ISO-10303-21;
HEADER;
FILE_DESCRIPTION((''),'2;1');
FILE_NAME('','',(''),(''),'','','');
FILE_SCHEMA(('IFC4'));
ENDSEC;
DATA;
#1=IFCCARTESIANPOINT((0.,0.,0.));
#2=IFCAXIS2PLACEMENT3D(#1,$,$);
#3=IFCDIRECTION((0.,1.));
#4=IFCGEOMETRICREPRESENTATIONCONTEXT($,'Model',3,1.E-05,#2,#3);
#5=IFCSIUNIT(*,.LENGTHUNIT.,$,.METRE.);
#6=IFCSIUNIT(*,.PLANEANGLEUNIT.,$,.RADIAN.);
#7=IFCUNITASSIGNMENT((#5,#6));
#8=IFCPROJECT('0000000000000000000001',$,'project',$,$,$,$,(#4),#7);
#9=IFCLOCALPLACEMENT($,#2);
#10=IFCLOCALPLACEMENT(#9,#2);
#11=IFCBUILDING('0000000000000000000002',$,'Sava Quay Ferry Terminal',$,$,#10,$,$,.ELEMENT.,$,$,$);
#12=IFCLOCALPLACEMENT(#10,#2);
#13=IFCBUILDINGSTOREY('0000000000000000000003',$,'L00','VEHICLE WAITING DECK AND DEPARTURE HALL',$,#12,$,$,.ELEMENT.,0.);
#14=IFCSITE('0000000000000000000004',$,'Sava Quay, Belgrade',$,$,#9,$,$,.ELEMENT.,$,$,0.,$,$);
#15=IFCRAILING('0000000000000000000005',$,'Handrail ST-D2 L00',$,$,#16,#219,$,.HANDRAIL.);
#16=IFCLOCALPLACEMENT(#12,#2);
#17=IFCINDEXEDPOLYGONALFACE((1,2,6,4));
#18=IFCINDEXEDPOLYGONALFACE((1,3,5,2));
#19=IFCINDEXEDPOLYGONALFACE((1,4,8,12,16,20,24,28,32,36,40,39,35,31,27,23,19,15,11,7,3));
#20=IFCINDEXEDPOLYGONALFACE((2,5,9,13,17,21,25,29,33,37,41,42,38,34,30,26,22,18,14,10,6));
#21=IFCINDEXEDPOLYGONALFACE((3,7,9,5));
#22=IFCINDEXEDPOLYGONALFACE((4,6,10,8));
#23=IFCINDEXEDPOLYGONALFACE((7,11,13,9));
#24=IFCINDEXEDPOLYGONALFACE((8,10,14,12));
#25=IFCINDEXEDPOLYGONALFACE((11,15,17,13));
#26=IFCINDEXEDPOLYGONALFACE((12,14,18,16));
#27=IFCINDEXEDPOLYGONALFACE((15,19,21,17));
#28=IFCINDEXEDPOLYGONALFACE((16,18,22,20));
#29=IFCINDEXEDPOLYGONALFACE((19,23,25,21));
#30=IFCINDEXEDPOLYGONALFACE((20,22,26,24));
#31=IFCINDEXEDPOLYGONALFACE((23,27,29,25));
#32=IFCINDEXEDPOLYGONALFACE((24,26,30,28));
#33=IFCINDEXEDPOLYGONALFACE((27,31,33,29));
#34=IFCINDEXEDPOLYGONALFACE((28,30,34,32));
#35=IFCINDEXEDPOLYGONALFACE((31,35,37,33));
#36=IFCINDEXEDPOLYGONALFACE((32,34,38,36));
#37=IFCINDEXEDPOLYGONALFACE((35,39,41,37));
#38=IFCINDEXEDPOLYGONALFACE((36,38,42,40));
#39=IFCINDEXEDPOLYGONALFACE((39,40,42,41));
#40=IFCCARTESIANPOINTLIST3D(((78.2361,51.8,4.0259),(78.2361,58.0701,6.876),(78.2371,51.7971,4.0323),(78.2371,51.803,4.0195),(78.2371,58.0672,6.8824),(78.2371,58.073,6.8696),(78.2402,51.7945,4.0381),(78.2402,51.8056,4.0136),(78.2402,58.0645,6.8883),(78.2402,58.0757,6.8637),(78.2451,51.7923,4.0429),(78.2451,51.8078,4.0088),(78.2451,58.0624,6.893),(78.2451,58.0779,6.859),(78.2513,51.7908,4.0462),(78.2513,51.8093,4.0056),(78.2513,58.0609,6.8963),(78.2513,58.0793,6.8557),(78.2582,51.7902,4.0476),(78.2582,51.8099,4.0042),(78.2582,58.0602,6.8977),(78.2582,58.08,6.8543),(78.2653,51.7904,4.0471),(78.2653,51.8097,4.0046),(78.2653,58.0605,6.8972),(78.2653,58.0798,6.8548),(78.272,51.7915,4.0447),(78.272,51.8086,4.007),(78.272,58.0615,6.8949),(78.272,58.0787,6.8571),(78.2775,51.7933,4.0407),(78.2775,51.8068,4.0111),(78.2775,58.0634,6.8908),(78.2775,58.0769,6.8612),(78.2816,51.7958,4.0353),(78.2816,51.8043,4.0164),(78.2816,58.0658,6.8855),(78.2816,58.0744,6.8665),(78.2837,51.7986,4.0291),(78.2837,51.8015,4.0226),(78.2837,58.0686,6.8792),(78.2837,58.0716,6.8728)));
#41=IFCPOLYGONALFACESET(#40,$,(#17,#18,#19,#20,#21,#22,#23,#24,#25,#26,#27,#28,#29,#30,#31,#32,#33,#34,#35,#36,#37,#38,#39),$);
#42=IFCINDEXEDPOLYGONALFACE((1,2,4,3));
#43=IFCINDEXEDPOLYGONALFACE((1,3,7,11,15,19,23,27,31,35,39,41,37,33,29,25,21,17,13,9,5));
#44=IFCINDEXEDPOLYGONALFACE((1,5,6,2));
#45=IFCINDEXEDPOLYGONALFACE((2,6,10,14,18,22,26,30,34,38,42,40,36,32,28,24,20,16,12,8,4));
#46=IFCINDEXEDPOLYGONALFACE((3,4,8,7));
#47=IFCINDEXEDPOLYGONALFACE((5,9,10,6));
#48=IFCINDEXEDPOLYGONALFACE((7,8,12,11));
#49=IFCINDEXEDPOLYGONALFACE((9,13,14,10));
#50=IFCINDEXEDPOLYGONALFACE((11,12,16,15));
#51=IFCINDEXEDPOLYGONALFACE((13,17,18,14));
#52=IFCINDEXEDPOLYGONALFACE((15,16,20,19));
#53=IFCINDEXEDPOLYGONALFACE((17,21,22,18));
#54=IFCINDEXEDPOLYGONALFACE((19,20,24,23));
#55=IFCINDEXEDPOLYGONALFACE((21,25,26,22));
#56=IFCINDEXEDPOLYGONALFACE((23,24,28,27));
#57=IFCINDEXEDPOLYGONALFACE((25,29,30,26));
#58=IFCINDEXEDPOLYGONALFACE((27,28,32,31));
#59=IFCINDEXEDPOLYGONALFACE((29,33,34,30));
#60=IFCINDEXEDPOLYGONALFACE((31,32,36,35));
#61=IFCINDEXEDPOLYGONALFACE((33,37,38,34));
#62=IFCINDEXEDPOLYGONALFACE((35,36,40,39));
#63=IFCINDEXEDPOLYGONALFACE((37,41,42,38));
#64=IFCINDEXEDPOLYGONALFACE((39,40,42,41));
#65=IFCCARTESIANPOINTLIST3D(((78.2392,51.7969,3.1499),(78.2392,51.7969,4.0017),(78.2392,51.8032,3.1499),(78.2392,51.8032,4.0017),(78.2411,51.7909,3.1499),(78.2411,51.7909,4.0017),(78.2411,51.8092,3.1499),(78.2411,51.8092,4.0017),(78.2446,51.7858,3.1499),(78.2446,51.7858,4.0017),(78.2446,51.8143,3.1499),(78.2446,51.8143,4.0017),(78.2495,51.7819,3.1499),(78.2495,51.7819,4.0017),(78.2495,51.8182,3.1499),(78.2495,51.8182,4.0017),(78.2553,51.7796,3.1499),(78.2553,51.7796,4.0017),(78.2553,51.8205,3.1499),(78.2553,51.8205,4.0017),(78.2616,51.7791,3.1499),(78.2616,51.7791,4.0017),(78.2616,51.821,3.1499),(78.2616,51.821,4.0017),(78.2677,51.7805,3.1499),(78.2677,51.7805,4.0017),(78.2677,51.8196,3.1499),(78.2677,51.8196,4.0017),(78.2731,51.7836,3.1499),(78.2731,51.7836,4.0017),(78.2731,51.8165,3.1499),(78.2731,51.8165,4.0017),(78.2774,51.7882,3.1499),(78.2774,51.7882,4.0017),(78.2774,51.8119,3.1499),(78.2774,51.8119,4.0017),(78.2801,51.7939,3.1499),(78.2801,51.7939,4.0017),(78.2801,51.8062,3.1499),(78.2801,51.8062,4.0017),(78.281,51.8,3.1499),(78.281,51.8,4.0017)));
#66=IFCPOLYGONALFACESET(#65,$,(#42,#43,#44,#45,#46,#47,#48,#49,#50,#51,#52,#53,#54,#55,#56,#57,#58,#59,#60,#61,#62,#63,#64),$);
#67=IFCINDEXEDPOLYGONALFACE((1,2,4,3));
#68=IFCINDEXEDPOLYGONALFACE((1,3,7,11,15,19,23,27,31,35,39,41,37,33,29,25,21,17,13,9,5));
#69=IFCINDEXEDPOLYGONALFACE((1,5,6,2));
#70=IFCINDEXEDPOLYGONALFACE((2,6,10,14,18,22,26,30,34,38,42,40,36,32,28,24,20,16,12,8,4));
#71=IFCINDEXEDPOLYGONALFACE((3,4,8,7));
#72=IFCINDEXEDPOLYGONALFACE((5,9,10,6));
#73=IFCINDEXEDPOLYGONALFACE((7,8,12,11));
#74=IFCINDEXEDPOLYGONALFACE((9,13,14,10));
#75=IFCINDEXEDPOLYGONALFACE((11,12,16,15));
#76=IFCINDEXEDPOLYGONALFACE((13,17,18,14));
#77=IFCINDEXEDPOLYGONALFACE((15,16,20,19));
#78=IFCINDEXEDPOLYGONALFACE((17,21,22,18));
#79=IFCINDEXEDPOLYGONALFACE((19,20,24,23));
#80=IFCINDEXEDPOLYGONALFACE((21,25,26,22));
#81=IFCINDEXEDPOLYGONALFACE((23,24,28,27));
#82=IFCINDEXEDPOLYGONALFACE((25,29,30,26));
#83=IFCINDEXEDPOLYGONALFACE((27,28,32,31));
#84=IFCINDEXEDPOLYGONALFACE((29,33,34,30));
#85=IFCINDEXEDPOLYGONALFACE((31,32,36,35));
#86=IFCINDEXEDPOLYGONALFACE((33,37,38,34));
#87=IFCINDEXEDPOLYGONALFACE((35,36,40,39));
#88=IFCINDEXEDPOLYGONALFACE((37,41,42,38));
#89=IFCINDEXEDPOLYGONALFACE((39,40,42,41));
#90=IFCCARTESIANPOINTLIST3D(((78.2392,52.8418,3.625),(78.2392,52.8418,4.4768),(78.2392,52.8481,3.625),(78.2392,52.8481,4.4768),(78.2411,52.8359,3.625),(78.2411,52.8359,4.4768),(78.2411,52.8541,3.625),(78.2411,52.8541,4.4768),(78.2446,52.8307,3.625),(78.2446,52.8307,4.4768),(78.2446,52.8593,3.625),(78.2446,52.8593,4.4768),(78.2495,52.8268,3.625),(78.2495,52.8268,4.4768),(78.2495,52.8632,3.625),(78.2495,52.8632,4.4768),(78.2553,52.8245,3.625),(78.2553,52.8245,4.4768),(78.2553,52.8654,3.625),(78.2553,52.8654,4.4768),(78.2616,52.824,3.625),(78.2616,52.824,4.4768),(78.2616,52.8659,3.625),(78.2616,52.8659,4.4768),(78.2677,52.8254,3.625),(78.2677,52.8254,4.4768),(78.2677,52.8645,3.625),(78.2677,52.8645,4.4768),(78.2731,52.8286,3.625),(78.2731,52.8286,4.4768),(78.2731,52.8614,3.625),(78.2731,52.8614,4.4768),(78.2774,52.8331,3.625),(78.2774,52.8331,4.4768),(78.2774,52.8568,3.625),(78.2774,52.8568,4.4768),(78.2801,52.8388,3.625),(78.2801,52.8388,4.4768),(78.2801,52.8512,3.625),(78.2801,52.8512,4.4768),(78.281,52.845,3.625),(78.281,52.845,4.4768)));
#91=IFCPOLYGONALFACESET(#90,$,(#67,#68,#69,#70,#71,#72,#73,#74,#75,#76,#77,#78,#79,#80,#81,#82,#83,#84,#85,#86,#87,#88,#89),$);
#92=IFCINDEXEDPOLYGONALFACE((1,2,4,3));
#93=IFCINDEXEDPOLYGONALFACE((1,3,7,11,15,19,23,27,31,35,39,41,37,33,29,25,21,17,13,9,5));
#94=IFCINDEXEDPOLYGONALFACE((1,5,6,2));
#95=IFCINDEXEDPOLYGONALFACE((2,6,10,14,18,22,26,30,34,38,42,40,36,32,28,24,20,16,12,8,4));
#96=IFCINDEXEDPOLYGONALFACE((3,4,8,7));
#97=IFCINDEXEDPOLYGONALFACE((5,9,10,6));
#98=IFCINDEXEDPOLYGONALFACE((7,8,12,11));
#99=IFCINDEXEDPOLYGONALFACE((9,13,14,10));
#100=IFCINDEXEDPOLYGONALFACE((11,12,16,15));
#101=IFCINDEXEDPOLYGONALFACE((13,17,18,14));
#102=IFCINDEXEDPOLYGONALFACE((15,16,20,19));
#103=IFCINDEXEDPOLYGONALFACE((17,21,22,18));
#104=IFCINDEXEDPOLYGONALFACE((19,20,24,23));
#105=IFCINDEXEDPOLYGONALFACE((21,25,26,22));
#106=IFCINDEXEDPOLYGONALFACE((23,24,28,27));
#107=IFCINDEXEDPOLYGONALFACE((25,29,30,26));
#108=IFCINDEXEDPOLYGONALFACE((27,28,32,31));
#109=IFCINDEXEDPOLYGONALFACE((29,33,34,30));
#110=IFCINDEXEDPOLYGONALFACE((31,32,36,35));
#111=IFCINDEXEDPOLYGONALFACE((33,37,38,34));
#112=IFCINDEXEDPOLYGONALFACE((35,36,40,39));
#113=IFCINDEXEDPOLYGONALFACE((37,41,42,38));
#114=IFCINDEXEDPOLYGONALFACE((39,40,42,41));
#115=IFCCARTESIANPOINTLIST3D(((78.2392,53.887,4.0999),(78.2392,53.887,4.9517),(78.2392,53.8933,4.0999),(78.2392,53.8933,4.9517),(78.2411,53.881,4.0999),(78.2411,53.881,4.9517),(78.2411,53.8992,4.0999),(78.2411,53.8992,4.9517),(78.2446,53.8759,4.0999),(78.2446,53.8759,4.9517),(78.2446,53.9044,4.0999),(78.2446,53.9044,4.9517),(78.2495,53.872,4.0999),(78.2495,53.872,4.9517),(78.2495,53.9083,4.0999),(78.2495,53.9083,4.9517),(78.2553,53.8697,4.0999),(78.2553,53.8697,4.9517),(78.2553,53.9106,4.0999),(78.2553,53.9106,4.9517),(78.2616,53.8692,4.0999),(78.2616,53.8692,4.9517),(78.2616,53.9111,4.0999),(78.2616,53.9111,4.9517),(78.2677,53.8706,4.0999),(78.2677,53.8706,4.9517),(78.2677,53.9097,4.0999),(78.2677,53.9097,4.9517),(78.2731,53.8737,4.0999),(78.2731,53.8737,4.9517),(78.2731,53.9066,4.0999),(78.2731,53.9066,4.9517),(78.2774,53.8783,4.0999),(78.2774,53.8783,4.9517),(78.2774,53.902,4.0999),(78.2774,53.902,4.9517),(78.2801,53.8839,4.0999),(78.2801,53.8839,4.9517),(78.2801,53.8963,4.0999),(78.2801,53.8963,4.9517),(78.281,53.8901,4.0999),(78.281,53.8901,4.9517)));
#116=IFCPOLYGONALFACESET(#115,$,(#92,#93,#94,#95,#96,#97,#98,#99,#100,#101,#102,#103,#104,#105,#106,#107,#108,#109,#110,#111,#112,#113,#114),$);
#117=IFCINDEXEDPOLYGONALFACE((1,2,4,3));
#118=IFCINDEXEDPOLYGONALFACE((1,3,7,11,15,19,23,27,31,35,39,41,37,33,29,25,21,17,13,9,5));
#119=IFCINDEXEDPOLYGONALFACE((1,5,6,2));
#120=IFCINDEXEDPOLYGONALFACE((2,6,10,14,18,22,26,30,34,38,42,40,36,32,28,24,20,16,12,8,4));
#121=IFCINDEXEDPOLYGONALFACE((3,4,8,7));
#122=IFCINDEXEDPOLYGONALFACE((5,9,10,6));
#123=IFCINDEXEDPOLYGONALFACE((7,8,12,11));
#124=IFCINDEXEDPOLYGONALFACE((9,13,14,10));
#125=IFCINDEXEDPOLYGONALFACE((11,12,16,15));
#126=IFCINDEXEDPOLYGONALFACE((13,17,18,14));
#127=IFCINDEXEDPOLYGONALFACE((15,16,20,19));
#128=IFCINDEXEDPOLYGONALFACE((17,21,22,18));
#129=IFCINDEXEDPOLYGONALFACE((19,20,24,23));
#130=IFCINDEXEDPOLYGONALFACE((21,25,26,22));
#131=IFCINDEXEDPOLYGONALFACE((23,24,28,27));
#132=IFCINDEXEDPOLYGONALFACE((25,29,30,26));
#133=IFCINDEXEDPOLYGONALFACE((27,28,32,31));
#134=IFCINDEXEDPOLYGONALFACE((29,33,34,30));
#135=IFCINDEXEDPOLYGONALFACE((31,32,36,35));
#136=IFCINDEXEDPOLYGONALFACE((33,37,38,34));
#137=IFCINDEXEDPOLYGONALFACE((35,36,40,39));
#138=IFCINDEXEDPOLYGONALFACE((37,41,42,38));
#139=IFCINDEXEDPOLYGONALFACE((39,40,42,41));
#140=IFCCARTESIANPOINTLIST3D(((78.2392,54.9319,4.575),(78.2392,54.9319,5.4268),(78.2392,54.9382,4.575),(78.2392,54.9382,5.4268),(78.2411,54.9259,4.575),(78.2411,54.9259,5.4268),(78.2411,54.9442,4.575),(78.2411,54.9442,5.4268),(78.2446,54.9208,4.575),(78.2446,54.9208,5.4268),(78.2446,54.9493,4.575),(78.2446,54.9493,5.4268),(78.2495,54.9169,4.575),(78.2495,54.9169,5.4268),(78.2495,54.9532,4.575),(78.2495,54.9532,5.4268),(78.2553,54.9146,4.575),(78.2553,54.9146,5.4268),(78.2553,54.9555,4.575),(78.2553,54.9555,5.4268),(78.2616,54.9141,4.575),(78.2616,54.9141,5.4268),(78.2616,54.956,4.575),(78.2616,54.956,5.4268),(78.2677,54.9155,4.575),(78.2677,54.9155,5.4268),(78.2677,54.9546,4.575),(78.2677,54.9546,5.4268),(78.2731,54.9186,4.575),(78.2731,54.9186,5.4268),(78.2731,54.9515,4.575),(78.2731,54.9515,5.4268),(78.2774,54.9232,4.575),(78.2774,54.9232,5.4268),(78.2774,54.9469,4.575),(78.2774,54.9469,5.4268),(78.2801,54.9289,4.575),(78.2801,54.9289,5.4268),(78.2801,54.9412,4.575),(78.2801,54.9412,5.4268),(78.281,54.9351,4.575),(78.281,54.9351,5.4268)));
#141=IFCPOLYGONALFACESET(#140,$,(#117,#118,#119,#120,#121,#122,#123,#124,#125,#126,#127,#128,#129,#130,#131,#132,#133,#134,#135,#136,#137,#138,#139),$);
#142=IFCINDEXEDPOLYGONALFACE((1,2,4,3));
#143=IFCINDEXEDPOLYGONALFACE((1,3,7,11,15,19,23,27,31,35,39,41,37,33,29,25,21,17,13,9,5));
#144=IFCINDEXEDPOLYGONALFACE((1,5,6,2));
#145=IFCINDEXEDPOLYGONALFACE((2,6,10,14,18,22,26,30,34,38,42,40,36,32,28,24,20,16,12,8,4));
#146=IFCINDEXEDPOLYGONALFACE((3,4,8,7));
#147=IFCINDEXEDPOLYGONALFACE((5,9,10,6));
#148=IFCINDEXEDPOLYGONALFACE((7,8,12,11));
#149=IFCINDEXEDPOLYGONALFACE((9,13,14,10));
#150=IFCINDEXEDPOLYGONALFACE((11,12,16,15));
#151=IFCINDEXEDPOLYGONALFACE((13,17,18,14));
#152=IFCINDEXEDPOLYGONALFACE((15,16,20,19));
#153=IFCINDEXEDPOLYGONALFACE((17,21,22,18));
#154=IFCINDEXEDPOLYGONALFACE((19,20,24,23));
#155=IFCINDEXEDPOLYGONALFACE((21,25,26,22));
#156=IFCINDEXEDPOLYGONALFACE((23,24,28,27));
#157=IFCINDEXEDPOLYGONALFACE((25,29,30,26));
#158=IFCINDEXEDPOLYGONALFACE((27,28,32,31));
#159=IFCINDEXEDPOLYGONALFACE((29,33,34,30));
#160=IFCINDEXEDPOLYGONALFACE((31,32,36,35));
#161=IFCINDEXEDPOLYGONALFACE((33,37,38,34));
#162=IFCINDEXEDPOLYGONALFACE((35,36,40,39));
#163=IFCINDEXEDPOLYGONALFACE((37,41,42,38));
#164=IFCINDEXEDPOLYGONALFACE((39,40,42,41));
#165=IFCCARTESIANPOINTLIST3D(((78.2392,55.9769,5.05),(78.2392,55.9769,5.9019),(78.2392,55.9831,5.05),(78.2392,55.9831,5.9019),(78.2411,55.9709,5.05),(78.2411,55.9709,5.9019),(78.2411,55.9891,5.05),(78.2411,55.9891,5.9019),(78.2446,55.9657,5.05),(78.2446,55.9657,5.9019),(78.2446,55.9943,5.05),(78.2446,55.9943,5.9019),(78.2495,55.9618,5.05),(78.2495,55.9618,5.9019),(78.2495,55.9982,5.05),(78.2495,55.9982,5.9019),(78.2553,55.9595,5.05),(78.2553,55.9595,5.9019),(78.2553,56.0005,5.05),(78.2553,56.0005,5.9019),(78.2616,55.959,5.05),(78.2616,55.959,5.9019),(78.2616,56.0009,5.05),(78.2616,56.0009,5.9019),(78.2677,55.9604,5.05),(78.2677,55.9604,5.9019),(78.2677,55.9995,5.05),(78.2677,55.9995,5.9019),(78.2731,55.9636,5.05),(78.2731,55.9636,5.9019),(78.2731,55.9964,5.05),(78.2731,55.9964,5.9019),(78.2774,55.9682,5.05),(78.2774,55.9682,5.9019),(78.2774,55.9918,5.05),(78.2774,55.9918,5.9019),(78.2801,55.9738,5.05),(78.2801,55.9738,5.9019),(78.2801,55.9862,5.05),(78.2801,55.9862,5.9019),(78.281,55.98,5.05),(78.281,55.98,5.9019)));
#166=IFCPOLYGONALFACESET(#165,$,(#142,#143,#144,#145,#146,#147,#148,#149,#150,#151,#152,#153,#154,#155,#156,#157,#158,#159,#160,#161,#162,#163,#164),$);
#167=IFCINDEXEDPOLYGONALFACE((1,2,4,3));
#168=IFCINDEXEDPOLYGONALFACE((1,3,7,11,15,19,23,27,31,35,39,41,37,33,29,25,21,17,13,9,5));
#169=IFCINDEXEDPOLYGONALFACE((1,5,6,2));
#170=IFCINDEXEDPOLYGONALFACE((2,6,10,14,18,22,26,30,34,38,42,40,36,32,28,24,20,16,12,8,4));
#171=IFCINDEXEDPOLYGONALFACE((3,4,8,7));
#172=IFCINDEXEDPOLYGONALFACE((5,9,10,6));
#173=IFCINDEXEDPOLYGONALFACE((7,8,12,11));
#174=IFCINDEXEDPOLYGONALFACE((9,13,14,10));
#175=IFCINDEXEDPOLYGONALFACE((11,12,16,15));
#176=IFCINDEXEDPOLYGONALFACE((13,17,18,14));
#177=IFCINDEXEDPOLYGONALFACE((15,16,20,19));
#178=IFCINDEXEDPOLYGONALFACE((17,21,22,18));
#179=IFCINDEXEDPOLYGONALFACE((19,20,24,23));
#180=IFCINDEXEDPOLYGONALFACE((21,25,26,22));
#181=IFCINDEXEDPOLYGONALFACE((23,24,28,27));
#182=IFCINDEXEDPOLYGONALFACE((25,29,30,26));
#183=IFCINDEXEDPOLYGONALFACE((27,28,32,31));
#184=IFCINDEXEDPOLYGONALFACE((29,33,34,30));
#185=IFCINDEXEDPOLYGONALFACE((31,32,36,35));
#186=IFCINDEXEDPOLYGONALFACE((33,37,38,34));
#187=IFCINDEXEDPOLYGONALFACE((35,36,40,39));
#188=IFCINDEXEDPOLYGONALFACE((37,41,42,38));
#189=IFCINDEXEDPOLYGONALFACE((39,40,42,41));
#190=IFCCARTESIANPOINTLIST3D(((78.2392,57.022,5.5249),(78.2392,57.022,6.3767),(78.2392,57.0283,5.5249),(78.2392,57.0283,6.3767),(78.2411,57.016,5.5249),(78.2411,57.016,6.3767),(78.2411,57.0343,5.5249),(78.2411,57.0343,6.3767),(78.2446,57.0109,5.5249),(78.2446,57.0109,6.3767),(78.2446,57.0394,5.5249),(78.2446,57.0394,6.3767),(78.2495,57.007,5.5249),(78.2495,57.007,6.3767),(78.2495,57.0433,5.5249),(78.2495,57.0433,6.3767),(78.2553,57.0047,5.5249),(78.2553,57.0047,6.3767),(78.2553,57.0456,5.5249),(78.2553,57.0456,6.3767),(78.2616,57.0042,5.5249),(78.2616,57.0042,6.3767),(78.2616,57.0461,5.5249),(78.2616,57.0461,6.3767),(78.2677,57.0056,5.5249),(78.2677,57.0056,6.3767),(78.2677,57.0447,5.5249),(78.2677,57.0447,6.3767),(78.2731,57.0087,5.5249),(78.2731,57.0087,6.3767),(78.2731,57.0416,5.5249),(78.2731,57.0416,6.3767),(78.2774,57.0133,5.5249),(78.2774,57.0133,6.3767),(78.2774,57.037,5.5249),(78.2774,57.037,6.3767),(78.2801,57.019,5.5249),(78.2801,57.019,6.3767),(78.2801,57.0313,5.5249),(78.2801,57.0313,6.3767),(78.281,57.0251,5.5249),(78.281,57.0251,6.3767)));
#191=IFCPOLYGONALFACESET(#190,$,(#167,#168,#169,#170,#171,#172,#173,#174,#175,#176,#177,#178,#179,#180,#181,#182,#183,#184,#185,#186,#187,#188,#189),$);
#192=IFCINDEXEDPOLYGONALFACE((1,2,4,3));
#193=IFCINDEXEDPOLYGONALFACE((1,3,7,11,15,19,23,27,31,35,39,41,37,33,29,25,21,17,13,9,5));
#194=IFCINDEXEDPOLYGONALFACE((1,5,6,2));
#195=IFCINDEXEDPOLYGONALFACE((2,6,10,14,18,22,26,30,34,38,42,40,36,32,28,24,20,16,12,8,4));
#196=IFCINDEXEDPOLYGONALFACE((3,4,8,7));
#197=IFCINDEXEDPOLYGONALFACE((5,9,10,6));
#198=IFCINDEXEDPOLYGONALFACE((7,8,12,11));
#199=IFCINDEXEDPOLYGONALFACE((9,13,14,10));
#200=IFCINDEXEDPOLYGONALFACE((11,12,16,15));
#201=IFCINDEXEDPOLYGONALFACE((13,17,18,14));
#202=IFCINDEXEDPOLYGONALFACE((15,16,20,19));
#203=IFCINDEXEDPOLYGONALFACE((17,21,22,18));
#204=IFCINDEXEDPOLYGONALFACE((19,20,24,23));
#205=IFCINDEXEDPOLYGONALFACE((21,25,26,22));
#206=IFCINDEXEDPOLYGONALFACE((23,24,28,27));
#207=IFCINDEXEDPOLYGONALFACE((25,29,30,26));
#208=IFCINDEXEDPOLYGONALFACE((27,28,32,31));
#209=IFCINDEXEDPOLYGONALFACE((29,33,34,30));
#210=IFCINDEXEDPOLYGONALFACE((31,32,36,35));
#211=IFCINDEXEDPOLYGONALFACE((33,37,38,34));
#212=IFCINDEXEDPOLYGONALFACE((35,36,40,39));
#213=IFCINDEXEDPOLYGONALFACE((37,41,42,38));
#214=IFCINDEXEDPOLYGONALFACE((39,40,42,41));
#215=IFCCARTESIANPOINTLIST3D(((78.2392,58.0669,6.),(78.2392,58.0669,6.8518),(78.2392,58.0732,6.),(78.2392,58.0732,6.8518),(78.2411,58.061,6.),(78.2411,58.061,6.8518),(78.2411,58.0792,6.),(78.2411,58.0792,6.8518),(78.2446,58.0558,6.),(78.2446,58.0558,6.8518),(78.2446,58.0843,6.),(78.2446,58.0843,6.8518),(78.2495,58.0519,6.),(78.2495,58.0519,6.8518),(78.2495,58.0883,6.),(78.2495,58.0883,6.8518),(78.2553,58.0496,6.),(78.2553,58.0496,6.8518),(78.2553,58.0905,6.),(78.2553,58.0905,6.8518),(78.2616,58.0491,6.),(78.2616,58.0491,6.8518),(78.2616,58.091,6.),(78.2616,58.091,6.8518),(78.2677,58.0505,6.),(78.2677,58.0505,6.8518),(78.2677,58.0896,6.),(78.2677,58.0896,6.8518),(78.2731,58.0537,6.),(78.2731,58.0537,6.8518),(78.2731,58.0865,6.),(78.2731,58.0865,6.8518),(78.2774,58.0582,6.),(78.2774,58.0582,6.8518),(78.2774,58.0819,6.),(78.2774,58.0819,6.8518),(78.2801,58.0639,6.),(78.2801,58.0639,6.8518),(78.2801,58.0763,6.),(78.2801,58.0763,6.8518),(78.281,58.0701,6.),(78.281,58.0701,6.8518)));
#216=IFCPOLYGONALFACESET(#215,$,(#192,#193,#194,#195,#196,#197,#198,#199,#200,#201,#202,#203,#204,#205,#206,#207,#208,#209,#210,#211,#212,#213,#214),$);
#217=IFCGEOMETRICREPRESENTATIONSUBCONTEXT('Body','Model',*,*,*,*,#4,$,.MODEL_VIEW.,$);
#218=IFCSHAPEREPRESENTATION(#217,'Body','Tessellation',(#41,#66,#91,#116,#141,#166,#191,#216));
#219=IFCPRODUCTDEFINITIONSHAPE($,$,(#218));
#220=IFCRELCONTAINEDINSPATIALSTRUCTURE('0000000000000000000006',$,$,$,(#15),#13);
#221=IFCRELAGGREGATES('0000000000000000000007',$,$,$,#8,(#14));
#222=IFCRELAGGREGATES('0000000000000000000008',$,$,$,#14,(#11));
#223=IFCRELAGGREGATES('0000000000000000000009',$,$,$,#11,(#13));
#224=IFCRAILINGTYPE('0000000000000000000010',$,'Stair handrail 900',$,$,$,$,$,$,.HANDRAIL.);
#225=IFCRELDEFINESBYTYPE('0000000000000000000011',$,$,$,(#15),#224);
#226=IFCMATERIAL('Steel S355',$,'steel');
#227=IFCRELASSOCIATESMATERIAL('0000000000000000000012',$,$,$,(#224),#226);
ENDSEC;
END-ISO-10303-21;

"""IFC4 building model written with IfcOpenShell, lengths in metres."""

from ifc_helpers import new_model, si_unit, direction, frame, origin, origin_2d, place, context, subcontext, project, spatial, circle, extrude, material, type_object, element, save


model = new_model("IFC4")

# Units and contexts
model_context = context("Model", 3, precision=1e-05, world=origin(), true_north=direction((0.0, 1.0)))
body_context = subcontext(model_context, "Body", "Model", "MODEL_VIEW")
ifc_project = project(units=[si_unit("LENGTHUNIT", "METRE"), si_unit("PLANEANGLEUNIT", "RADIAN")], contexts=[model_context])

# Site, building, storey
site_placement = place(None, origin())
site = spatial("IfcSite", under=ifc_project, at=site_placement, Name="Sava Quay, Belgrade", CompositionType="ELEMENT", RefElevation=0.0)
building_placement = place(site_placement, origin())
building = spatial("IfcBuilding", under=site, at=building_placement, Name="Sava Quay Ferry Terminal", CompositionType="ELEMENT")
storey_placement = place(building_placement, origin())
storey = spatial("IfcBuildingStorey", under=building, at=storey_placement, Name="L00", Description="VEHICLE WAITING DECK AND DEPARTURE HALL", CompositionType="ELEMENT", Elevation=0.0)

# Railing
ifc_material_1 = material(Name="Steel S355", Category="steel")
railing_type_1 = type_object("IfcRailingType", Name="Stair handrail 900", PredefinedType="HANDRAIL", material=ifc_material_1)
railing_1_placement = place(storey_placement, frame((78.26, 51.8, 3.1499)))
element("IfcRailing", 1, at=railing_1_placement, inside=storey, type_object=railing_type_1, Name="Handrail ST-D2 L00", PredefinedType="HANDRAIL", context=body_context, shape_type="SweptSolid", body=[
    extrude(circle(Radius=0.0239, at=origin_2d()), frame((0.0, 0.0, 0.876), z_axis=(0.0, 0.910362, 0.413814), x_axis=(-1.0, 0.0, 0.0)), (0.0, 0.0, 1.0), 6.8875),
    extrude(circle(Radius=0.021, at=origin_2d()), origin(), (0.0, 0.0, 1.0), 0.8518),
    extrude(circle(Radius=0.021, at=origin_2d()), frame((0.0, 1.0449, 0.4751)), (0.0, 0.0, 1.0), 0.8518),
    extrude(circle(Radius=0.021, at=origin_2d()), frame((0.0, 2.0901, 0.95)), (0.0, 0.0, 1.0), 0.8518),
    extrude(circle(Radius=0.021, at=origin_2d()), frame((0.0, 3.135, 1.425)), (0.0, 0.0, 1.0), 0.8518),
    extrude(circle(Radius=0.021, at=origin_2d()), frame((0.0, 4.1799, 1.9001)), (0.0, 0.0, 1.0), 0.8518),
    extrude(circle(Radius=0.021, at=origin_2d()), frame((0.0, 5.2251, 2.375)), (0.0, 0.0, 1.0), 0.8518),
    extrude(circle(Radius=0.021, at=origin_2d()), frame((0.0, 6.27, 2.8501)), (0.0, 0.0, 1.0), 0.8518),
])

save(model, "model.ifc")
